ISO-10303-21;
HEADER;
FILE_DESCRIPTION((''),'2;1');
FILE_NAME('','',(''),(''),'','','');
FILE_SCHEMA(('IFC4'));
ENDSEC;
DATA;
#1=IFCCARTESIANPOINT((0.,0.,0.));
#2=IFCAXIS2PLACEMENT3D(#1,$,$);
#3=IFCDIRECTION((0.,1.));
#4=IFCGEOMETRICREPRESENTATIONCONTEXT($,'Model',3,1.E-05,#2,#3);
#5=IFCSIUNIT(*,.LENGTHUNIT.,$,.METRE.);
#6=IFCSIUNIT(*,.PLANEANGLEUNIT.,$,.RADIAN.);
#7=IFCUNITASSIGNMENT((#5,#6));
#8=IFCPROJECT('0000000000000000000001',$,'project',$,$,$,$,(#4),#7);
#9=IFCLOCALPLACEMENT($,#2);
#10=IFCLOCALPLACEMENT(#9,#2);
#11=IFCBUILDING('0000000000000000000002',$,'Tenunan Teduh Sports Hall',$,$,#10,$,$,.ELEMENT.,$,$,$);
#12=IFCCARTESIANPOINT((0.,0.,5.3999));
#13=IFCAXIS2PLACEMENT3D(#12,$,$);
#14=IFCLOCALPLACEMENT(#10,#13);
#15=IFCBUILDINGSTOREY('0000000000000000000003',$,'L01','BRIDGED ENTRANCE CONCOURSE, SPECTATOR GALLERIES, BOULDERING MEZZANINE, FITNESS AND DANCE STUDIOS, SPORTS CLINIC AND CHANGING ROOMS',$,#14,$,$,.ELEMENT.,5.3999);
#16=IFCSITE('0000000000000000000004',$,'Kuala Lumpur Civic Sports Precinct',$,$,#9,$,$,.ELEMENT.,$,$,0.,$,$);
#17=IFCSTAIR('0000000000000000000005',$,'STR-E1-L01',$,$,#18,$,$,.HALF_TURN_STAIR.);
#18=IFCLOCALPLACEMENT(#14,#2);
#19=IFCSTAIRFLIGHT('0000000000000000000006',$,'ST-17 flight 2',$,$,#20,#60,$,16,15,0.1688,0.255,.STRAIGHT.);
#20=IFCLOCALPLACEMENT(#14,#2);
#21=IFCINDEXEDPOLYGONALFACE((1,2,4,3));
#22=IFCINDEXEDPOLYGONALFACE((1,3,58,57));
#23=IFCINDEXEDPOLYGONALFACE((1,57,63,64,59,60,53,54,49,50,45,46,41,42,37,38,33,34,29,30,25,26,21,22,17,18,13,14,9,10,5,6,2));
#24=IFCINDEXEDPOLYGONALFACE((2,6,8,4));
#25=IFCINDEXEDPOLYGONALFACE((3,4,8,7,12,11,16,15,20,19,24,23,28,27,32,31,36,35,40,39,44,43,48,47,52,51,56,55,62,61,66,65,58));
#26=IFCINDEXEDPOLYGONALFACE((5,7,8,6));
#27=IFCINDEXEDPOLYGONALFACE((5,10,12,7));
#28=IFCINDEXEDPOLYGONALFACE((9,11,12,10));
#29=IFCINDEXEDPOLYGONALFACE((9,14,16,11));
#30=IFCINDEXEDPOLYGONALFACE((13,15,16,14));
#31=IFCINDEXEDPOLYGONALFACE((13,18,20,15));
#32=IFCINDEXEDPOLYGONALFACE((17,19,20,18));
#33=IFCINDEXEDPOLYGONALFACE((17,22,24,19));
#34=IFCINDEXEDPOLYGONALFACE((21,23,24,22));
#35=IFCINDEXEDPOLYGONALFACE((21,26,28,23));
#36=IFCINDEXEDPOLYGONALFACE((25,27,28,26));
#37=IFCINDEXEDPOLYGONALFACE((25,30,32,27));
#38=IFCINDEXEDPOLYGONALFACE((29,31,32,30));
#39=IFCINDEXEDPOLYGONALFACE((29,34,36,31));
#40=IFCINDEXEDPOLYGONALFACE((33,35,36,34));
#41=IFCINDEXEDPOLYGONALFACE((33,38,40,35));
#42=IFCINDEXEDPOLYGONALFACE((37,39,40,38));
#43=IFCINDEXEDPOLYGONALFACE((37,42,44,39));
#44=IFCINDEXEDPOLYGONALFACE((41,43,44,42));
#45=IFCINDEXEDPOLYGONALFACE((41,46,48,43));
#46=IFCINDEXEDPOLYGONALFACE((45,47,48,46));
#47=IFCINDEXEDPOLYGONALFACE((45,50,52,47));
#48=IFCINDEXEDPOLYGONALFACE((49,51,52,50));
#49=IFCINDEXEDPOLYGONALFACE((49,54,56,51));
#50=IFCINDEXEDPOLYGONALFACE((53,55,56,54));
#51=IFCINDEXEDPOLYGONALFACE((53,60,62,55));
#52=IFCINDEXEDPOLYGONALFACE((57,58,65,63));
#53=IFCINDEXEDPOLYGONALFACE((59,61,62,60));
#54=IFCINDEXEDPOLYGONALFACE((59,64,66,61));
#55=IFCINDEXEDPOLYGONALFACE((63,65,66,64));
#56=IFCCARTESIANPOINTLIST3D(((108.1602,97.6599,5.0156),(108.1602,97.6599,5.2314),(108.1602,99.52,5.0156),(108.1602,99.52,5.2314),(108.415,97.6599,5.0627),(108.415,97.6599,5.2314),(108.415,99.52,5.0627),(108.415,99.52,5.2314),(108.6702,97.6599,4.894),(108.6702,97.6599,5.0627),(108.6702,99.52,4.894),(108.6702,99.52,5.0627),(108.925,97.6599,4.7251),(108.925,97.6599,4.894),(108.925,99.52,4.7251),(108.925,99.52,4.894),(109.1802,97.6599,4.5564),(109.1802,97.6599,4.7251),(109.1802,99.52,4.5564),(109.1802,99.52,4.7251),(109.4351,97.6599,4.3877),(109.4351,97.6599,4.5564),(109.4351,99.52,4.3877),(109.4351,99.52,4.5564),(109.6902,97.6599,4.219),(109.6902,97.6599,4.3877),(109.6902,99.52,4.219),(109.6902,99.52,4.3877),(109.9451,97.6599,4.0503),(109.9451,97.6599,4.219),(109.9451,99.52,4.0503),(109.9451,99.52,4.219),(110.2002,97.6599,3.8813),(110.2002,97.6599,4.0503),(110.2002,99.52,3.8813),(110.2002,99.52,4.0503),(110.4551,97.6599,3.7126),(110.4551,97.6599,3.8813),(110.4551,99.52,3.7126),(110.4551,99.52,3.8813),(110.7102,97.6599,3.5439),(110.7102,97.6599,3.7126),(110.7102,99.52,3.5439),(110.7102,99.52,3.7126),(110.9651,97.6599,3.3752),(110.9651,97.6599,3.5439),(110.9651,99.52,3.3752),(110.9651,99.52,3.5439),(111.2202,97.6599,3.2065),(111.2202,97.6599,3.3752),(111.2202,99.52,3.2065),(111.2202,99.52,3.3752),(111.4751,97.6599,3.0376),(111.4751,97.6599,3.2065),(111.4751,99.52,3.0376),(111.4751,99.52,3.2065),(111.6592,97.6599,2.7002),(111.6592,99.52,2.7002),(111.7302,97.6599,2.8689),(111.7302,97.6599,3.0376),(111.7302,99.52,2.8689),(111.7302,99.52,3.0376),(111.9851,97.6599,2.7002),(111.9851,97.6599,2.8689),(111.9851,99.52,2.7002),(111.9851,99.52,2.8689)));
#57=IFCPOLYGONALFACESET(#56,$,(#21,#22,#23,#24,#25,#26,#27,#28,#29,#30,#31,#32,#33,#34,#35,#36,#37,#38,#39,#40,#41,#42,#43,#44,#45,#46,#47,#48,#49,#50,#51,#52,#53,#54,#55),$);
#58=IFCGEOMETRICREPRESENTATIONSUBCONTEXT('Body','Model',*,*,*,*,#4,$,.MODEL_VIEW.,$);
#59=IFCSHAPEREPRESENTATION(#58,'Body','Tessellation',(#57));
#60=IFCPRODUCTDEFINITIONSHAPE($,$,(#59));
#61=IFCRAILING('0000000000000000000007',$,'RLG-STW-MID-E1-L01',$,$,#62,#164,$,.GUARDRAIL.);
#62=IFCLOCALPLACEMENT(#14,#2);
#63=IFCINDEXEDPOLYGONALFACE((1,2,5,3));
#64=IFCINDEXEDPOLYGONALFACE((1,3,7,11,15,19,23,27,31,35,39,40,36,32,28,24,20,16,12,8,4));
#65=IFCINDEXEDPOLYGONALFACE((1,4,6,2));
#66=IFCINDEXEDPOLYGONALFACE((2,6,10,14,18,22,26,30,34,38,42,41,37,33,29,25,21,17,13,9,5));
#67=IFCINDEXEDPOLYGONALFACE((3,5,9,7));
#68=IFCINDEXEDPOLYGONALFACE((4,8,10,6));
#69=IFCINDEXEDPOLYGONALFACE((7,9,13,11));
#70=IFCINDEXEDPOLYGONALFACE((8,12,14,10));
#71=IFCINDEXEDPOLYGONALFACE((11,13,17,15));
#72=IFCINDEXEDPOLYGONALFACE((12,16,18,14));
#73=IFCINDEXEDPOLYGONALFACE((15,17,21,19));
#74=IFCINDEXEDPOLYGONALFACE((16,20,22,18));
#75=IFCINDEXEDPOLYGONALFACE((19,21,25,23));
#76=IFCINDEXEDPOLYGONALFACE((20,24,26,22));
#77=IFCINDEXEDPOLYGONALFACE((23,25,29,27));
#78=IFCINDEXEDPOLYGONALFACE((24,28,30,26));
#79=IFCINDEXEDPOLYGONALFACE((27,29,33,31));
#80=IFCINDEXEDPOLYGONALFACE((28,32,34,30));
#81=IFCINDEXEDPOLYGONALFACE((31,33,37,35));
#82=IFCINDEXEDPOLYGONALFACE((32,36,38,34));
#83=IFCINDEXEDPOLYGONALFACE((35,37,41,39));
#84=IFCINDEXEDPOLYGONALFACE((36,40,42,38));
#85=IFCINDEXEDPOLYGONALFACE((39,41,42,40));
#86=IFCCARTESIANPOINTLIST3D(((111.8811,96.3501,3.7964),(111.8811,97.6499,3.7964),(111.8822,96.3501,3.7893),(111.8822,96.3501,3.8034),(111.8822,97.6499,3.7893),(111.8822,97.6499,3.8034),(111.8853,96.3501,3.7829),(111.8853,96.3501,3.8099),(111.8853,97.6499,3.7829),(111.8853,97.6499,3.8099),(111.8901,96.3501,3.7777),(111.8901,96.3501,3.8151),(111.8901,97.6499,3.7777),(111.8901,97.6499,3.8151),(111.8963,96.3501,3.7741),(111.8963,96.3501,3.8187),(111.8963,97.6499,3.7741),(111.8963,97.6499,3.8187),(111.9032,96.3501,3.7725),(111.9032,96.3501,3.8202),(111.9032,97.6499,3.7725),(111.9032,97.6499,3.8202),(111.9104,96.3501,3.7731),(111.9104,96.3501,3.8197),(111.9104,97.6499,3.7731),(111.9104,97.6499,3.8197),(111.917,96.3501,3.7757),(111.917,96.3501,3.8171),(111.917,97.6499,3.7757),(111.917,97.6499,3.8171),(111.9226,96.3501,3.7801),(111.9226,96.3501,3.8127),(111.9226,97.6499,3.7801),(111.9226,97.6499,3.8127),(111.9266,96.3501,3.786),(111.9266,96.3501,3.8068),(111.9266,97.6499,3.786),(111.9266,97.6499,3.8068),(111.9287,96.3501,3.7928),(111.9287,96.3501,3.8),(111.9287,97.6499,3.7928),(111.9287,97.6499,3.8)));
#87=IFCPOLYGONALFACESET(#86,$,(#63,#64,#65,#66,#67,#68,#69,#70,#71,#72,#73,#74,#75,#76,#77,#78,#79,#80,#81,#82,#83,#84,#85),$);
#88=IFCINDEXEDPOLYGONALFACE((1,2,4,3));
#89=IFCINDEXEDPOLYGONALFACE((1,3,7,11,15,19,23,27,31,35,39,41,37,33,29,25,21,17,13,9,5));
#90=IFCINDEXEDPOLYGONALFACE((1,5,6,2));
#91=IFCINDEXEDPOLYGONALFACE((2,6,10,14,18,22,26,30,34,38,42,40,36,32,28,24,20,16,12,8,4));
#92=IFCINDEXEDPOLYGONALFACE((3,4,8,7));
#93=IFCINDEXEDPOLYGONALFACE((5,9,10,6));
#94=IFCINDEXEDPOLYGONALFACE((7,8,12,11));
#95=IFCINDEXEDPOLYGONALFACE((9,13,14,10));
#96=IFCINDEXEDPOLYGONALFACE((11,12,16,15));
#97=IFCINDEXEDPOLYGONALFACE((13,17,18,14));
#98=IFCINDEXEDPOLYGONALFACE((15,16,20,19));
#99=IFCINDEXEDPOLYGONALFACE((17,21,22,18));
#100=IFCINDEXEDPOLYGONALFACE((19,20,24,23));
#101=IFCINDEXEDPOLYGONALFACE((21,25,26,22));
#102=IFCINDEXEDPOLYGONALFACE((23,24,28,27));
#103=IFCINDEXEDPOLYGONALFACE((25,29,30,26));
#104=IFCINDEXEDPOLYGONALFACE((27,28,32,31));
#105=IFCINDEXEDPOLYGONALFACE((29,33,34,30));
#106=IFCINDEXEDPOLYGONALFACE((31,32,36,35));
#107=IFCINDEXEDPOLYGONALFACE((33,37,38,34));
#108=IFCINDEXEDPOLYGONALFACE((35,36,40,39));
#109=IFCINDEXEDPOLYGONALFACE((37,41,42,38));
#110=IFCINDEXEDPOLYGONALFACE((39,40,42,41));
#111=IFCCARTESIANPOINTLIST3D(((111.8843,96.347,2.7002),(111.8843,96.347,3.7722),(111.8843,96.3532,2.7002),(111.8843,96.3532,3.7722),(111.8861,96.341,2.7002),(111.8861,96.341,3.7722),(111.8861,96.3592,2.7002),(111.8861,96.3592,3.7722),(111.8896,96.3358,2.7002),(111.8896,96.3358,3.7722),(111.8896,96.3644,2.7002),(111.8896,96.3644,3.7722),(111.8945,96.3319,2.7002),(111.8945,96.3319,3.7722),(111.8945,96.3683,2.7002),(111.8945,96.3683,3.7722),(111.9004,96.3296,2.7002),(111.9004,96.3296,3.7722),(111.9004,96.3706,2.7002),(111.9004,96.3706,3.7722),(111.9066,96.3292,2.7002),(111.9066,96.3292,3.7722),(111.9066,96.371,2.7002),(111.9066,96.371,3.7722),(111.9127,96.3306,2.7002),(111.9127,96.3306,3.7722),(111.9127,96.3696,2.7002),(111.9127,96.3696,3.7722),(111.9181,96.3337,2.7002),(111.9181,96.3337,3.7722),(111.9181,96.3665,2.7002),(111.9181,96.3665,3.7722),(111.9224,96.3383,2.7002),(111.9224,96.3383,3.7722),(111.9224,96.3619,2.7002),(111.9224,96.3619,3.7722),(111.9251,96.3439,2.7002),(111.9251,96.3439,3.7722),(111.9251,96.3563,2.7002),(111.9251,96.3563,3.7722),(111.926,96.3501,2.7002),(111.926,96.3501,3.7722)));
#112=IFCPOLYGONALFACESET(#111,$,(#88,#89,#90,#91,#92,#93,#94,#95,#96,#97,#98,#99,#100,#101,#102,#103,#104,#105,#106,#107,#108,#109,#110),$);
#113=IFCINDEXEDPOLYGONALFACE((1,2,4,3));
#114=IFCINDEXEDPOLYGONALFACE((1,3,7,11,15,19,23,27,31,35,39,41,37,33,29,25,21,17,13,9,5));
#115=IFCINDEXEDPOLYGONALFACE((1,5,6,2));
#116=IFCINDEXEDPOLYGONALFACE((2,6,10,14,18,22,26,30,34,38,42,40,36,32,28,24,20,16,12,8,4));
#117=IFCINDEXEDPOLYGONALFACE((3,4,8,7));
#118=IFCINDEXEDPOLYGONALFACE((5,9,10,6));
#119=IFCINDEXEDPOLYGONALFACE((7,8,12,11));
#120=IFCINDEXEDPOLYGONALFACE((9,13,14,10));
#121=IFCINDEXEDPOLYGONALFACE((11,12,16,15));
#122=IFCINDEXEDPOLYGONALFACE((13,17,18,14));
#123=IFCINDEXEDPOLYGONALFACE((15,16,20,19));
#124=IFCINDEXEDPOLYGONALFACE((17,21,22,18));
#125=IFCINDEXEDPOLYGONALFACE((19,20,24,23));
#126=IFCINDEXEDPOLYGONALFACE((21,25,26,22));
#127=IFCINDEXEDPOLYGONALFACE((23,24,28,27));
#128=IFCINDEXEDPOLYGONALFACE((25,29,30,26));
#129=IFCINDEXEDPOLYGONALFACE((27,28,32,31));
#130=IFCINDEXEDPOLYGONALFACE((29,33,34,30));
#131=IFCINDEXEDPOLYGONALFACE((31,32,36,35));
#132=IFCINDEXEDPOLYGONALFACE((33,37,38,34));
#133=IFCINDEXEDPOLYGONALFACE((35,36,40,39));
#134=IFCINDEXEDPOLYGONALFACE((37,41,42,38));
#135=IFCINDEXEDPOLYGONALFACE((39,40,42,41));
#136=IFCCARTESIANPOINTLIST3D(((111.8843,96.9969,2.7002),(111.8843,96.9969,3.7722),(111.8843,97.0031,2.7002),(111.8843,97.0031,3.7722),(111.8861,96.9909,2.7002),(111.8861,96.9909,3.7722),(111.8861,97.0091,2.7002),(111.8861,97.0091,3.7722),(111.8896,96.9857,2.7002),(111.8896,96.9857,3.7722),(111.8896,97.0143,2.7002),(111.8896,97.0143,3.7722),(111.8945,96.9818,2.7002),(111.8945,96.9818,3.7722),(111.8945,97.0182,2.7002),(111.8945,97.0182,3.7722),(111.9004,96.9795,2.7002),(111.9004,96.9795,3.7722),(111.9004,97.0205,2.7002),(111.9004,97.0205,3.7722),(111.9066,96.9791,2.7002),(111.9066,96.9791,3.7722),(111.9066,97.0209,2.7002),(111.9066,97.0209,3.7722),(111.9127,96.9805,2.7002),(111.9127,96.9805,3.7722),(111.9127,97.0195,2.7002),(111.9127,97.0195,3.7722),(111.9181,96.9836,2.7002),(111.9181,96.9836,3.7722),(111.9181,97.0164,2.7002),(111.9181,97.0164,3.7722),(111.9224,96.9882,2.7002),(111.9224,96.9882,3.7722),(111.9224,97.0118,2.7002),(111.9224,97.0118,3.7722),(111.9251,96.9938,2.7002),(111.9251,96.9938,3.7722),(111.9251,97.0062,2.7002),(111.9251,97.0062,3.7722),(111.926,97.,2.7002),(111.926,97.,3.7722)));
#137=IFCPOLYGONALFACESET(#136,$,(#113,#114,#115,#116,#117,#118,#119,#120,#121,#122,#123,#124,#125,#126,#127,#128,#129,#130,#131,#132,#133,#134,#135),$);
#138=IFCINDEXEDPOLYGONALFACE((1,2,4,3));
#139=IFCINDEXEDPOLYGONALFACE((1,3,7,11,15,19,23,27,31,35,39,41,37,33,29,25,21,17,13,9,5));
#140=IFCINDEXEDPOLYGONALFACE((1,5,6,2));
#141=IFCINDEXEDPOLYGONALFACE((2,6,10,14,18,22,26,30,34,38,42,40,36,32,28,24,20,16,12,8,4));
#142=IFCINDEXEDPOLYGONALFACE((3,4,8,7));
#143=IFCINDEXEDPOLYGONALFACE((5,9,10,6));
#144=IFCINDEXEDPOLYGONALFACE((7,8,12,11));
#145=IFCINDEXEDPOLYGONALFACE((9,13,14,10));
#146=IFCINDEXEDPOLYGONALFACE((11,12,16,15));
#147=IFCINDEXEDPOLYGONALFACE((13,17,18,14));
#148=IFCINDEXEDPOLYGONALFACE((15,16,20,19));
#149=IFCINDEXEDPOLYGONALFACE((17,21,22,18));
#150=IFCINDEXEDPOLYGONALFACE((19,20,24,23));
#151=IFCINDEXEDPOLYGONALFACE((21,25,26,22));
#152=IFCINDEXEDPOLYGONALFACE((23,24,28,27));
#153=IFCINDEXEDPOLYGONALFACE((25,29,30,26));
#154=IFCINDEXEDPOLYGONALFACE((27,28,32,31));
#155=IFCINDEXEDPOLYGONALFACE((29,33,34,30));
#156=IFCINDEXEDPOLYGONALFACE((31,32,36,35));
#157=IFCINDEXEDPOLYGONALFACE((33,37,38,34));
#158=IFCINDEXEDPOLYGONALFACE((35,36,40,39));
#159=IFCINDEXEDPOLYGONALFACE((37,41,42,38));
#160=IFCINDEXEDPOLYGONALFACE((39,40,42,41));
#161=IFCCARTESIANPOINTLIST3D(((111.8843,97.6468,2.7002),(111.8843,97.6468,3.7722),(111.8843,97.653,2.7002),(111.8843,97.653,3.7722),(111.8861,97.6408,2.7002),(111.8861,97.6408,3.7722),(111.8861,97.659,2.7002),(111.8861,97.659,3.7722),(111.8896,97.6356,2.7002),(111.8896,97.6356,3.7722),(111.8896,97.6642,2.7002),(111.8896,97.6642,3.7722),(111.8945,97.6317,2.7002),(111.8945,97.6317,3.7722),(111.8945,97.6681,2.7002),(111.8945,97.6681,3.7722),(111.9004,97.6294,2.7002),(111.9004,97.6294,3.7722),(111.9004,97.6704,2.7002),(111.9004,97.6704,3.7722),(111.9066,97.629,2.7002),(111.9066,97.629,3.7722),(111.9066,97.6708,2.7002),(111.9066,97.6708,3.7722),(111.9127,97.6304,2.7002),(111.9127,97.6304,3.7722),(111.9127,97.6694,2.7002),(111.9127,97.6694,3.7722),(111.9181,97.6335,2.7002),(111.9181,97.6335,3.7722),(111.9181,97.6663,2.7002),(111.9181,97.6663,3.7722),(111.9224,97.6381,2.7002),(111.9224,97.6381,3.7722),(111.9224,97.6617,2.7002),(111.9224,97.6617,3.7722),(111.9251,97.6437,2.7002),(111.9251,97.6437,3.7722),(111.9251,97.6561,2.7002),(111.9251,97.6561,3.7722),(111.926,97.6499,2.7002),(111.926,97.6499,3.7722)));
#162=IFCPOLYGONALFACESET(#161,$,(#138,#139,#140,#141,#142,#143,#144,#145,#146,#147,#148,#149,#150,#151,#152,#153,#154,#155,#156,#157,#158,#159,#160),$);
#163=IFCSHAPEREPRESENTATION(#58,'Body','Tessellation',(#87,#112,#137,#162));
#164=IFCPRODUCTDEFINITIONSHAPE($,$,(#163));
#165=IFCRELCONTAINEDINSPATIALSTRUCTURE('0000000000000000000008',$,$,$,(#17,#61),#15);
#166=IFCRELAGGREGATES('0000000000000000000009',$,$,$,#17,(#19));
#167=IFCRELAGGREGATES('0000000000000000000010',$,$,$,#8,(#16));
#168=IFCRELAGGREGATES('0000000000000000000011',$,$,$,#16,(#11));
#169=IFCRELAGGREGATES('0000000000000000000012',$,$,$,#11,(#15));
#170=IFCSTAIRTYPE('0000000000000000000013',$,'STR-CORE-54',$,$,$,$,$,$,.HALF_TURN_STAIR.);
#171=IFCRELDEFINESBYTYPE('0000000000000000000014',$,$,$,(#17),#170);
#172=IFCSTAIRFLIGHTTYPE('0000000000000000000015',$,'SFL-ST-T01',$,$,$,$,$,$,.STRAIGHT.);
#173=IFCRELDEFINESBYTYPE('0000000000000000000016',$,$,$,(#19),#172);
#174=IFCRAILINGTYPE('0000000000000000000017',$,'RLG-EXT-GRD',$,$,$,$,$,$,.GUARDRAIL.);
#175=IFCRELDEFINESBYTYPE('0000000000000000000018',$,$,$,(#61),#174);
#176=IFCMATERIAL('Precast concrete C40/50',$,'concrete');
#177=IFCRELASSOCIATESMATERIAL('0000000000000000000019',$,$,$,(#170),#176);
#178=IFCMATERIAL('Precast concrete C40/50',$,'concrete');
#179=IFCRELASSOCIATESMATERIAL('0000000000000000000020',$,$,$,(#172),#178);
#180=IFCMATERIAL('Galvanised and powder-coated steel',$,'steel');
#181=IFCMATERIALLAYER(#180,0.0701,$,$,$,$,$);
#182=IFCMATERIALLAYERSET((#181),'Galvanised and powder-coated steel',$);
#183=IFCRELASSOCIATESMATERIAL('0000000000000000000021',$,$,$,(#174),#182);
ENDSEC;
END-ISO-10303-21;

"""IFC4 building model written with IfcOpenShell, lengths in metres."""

from ifc_helpers import new_model, si_unit, direction, frame, origin, origin_2d, place, context, subcontext, project, spatial, polyline, circle, outline, extrude, material, layer, layer_set, type_object, element, aggregate, save


model = new_model("IFC4")

# Units and contexts
model_context = context("Model", 3, precision=1e-05, world=origin(), true_north=direction((0.0, 1.0)))
body_context = subcontext(model_context, "Body", "Model", "MODEL_VIEW")
ifc_project = project(units=[si_unit("LENGTHUNIT", "METRE"), si_unit("PLANEANGLEUNIT", "RADIAN")], contexts=[model_context])

# Site, building, storey
site_placement = place(None, origin())
site = spatial("IfcSite", under=ifc_project, at=site_placement, Name="Kuala Lumpur Civic Sports Precinct", CompositionType="ELEMENT", RefElevation=0.0)
building_placement = place(site_placement, origin())
building = spatial("IfcBuilding", under=site, at=building_placement, Name="Tenunan Teduh Sports Hall", CompositionType="ELEMENT")
storey_placement = place(building_placement, frame((0.0, 0.0, 5.3999)))
storey = spatial("IfcBuildingStorey", under=building, at=storey_placement, Name="L01", Description="BRIDGED ENTRANCE CONCOURSE, SPECTATOR GALLERIES, BOULDERING MEZZANINE, FITNESS AND DANCE STUDIOS, SPORTS CLINIC AND CHANGING ROOMS", CompositionType="ELEMENT", Elevation=5.3999)

# Stair, stair flight
ifc_material_1 = material(Name="Precast concrete C40/50", Category="concrete")
stair_type = type_object("IfcStairType", Name="STR-CORE-54", PredefinedType="HALF_TURN_STAIR", material=ifc_material_1)
stair_placement = place(storey_placement, origin())
stair = element("IfcStair", 1, at=stair_placement, inside=storey, type_object=stair_type, Name="STR-E1-L01", PredefinedType="HALF_TURN_STAIR")
ifc_material_2 = material(Name="Precast concrete C40/50", Category="concrete")
stair_flight_type = type_object("IfcStairFlightType", Name="SFL-ST-T01", PredefinedType="STRAIGHT", material=ifc_material_2)
stair_flight_placement = place(storey_placement, frame((111.9851, 98.5901, 2.7002), z_axis=(0.0, 0.0, 1.0), x_axis=(-1.0, 0.0, 0.0)))
stair_flight = element("IfcStairFlight", 2, at=stair_flight_placement, type_object=stair_flight_type, Name="ST-17 flight 2", NumberOfRisers=16, NumberOfTreads=15, PredefinedType="STRAIGHT", RiserHeight=0.1688, TreadLength=0.255, context=body_context, shape_type="SweptSolid", body=[
    extrude(outline(polyline([(0.0, 0.0), (0.0, 0.1687), (0.2549, 0.1687), (0.2549, 0.3374), (0.51, 0.3374), (0.51, 0.5063), (0.7649, 0.5063), (0.7649, 0.675), (1.02, 0.675), (1.02, 0.8438), (1.2749, 0.8438), (1.2749, 1.0125), (1.53, 1.0125), (1.53, 1.1812), (1.7849, 1.1812), (1.7849, 1.3501), (2.04, 1.3501), (2.04, 1.5188), (2.2949, 1.5188), (2.2949, 1.6875), (2.55, 1.6875), (2.55, 1.8562), (2.8049, 1.8562), (2.8049, 2.0249), (3.0601, 2.0249), (3.0601, 2.1938), (3.3149, 2.1938), (3.3149, 2.3625), (3.5701, 2.3625), (3.5701, 2.5312), (3.825, 2.5312), (3.825, 2.7), (3.825, 2.3154), (0.3259, 0.0), (0.0, 0.0)])), frame((0.0, 0.9302, 0.0), z_axis=(0.0, -1.0, 0.0), x_axis=(1.0, 0.0, 0.0)), (0.0, 0.0, 1.0), 1.8601),
])

# Railing
ifc_material_3 = material(Name="Galvanised and powder-coated steel", Category="steel")
ifc_layer_1 = layer(ifc_material_3, 0.0701)
ifc_layer_set_1 = layer_set([ifc_layer_1], Name="Galvanised and powder-coated steel")
railing_type_1 = type_object("IfcRailingType", Name="RLG-EXT-GRD", PredefinedType="GUARDRAIL", material=ifc_layer_set_1)
railing_1_placement = place(storey_placement, frame((111.905, 96.3501, 2.7002)))
element("IfcRailing", 3, at=railing_1_placement, inside=storey, type_object=railing_type_1, Name="RLG-STW-MID-E1-L01", PredefinedType="GUARDRAIL", context=body_context, shape_type="SweptSolid", body=[
    extrude(circle(Radius=0.0239, at=origin_2d()), frame((0.0, 0.0, 1.0962), z_axis=(0.0, 1.0, 0.0), x_axis=(-1.0, 0.0, 0.0)), (0.0, 0.0, 1.0), 1.2998),
    extrude(circle(Radius=0.021, at=origin_2d()), origin(), (0.0, 0.0, 1.0), 1.072),
    extrude(circle(Radius=0.021, at=origin_2d()), frame((0.0, 0.6499, 0.0)), (0.0, 0.0, 1.0), 1.072),
    extrude(circle(Radius=0.021, at=origin_2d()), frame((0.0, 1.2998, 0.0)), (0.0, 0.0, 1.0), 1.072),
])

aggregate(stair, [stair_flight])

save(model, "model.ifc")
